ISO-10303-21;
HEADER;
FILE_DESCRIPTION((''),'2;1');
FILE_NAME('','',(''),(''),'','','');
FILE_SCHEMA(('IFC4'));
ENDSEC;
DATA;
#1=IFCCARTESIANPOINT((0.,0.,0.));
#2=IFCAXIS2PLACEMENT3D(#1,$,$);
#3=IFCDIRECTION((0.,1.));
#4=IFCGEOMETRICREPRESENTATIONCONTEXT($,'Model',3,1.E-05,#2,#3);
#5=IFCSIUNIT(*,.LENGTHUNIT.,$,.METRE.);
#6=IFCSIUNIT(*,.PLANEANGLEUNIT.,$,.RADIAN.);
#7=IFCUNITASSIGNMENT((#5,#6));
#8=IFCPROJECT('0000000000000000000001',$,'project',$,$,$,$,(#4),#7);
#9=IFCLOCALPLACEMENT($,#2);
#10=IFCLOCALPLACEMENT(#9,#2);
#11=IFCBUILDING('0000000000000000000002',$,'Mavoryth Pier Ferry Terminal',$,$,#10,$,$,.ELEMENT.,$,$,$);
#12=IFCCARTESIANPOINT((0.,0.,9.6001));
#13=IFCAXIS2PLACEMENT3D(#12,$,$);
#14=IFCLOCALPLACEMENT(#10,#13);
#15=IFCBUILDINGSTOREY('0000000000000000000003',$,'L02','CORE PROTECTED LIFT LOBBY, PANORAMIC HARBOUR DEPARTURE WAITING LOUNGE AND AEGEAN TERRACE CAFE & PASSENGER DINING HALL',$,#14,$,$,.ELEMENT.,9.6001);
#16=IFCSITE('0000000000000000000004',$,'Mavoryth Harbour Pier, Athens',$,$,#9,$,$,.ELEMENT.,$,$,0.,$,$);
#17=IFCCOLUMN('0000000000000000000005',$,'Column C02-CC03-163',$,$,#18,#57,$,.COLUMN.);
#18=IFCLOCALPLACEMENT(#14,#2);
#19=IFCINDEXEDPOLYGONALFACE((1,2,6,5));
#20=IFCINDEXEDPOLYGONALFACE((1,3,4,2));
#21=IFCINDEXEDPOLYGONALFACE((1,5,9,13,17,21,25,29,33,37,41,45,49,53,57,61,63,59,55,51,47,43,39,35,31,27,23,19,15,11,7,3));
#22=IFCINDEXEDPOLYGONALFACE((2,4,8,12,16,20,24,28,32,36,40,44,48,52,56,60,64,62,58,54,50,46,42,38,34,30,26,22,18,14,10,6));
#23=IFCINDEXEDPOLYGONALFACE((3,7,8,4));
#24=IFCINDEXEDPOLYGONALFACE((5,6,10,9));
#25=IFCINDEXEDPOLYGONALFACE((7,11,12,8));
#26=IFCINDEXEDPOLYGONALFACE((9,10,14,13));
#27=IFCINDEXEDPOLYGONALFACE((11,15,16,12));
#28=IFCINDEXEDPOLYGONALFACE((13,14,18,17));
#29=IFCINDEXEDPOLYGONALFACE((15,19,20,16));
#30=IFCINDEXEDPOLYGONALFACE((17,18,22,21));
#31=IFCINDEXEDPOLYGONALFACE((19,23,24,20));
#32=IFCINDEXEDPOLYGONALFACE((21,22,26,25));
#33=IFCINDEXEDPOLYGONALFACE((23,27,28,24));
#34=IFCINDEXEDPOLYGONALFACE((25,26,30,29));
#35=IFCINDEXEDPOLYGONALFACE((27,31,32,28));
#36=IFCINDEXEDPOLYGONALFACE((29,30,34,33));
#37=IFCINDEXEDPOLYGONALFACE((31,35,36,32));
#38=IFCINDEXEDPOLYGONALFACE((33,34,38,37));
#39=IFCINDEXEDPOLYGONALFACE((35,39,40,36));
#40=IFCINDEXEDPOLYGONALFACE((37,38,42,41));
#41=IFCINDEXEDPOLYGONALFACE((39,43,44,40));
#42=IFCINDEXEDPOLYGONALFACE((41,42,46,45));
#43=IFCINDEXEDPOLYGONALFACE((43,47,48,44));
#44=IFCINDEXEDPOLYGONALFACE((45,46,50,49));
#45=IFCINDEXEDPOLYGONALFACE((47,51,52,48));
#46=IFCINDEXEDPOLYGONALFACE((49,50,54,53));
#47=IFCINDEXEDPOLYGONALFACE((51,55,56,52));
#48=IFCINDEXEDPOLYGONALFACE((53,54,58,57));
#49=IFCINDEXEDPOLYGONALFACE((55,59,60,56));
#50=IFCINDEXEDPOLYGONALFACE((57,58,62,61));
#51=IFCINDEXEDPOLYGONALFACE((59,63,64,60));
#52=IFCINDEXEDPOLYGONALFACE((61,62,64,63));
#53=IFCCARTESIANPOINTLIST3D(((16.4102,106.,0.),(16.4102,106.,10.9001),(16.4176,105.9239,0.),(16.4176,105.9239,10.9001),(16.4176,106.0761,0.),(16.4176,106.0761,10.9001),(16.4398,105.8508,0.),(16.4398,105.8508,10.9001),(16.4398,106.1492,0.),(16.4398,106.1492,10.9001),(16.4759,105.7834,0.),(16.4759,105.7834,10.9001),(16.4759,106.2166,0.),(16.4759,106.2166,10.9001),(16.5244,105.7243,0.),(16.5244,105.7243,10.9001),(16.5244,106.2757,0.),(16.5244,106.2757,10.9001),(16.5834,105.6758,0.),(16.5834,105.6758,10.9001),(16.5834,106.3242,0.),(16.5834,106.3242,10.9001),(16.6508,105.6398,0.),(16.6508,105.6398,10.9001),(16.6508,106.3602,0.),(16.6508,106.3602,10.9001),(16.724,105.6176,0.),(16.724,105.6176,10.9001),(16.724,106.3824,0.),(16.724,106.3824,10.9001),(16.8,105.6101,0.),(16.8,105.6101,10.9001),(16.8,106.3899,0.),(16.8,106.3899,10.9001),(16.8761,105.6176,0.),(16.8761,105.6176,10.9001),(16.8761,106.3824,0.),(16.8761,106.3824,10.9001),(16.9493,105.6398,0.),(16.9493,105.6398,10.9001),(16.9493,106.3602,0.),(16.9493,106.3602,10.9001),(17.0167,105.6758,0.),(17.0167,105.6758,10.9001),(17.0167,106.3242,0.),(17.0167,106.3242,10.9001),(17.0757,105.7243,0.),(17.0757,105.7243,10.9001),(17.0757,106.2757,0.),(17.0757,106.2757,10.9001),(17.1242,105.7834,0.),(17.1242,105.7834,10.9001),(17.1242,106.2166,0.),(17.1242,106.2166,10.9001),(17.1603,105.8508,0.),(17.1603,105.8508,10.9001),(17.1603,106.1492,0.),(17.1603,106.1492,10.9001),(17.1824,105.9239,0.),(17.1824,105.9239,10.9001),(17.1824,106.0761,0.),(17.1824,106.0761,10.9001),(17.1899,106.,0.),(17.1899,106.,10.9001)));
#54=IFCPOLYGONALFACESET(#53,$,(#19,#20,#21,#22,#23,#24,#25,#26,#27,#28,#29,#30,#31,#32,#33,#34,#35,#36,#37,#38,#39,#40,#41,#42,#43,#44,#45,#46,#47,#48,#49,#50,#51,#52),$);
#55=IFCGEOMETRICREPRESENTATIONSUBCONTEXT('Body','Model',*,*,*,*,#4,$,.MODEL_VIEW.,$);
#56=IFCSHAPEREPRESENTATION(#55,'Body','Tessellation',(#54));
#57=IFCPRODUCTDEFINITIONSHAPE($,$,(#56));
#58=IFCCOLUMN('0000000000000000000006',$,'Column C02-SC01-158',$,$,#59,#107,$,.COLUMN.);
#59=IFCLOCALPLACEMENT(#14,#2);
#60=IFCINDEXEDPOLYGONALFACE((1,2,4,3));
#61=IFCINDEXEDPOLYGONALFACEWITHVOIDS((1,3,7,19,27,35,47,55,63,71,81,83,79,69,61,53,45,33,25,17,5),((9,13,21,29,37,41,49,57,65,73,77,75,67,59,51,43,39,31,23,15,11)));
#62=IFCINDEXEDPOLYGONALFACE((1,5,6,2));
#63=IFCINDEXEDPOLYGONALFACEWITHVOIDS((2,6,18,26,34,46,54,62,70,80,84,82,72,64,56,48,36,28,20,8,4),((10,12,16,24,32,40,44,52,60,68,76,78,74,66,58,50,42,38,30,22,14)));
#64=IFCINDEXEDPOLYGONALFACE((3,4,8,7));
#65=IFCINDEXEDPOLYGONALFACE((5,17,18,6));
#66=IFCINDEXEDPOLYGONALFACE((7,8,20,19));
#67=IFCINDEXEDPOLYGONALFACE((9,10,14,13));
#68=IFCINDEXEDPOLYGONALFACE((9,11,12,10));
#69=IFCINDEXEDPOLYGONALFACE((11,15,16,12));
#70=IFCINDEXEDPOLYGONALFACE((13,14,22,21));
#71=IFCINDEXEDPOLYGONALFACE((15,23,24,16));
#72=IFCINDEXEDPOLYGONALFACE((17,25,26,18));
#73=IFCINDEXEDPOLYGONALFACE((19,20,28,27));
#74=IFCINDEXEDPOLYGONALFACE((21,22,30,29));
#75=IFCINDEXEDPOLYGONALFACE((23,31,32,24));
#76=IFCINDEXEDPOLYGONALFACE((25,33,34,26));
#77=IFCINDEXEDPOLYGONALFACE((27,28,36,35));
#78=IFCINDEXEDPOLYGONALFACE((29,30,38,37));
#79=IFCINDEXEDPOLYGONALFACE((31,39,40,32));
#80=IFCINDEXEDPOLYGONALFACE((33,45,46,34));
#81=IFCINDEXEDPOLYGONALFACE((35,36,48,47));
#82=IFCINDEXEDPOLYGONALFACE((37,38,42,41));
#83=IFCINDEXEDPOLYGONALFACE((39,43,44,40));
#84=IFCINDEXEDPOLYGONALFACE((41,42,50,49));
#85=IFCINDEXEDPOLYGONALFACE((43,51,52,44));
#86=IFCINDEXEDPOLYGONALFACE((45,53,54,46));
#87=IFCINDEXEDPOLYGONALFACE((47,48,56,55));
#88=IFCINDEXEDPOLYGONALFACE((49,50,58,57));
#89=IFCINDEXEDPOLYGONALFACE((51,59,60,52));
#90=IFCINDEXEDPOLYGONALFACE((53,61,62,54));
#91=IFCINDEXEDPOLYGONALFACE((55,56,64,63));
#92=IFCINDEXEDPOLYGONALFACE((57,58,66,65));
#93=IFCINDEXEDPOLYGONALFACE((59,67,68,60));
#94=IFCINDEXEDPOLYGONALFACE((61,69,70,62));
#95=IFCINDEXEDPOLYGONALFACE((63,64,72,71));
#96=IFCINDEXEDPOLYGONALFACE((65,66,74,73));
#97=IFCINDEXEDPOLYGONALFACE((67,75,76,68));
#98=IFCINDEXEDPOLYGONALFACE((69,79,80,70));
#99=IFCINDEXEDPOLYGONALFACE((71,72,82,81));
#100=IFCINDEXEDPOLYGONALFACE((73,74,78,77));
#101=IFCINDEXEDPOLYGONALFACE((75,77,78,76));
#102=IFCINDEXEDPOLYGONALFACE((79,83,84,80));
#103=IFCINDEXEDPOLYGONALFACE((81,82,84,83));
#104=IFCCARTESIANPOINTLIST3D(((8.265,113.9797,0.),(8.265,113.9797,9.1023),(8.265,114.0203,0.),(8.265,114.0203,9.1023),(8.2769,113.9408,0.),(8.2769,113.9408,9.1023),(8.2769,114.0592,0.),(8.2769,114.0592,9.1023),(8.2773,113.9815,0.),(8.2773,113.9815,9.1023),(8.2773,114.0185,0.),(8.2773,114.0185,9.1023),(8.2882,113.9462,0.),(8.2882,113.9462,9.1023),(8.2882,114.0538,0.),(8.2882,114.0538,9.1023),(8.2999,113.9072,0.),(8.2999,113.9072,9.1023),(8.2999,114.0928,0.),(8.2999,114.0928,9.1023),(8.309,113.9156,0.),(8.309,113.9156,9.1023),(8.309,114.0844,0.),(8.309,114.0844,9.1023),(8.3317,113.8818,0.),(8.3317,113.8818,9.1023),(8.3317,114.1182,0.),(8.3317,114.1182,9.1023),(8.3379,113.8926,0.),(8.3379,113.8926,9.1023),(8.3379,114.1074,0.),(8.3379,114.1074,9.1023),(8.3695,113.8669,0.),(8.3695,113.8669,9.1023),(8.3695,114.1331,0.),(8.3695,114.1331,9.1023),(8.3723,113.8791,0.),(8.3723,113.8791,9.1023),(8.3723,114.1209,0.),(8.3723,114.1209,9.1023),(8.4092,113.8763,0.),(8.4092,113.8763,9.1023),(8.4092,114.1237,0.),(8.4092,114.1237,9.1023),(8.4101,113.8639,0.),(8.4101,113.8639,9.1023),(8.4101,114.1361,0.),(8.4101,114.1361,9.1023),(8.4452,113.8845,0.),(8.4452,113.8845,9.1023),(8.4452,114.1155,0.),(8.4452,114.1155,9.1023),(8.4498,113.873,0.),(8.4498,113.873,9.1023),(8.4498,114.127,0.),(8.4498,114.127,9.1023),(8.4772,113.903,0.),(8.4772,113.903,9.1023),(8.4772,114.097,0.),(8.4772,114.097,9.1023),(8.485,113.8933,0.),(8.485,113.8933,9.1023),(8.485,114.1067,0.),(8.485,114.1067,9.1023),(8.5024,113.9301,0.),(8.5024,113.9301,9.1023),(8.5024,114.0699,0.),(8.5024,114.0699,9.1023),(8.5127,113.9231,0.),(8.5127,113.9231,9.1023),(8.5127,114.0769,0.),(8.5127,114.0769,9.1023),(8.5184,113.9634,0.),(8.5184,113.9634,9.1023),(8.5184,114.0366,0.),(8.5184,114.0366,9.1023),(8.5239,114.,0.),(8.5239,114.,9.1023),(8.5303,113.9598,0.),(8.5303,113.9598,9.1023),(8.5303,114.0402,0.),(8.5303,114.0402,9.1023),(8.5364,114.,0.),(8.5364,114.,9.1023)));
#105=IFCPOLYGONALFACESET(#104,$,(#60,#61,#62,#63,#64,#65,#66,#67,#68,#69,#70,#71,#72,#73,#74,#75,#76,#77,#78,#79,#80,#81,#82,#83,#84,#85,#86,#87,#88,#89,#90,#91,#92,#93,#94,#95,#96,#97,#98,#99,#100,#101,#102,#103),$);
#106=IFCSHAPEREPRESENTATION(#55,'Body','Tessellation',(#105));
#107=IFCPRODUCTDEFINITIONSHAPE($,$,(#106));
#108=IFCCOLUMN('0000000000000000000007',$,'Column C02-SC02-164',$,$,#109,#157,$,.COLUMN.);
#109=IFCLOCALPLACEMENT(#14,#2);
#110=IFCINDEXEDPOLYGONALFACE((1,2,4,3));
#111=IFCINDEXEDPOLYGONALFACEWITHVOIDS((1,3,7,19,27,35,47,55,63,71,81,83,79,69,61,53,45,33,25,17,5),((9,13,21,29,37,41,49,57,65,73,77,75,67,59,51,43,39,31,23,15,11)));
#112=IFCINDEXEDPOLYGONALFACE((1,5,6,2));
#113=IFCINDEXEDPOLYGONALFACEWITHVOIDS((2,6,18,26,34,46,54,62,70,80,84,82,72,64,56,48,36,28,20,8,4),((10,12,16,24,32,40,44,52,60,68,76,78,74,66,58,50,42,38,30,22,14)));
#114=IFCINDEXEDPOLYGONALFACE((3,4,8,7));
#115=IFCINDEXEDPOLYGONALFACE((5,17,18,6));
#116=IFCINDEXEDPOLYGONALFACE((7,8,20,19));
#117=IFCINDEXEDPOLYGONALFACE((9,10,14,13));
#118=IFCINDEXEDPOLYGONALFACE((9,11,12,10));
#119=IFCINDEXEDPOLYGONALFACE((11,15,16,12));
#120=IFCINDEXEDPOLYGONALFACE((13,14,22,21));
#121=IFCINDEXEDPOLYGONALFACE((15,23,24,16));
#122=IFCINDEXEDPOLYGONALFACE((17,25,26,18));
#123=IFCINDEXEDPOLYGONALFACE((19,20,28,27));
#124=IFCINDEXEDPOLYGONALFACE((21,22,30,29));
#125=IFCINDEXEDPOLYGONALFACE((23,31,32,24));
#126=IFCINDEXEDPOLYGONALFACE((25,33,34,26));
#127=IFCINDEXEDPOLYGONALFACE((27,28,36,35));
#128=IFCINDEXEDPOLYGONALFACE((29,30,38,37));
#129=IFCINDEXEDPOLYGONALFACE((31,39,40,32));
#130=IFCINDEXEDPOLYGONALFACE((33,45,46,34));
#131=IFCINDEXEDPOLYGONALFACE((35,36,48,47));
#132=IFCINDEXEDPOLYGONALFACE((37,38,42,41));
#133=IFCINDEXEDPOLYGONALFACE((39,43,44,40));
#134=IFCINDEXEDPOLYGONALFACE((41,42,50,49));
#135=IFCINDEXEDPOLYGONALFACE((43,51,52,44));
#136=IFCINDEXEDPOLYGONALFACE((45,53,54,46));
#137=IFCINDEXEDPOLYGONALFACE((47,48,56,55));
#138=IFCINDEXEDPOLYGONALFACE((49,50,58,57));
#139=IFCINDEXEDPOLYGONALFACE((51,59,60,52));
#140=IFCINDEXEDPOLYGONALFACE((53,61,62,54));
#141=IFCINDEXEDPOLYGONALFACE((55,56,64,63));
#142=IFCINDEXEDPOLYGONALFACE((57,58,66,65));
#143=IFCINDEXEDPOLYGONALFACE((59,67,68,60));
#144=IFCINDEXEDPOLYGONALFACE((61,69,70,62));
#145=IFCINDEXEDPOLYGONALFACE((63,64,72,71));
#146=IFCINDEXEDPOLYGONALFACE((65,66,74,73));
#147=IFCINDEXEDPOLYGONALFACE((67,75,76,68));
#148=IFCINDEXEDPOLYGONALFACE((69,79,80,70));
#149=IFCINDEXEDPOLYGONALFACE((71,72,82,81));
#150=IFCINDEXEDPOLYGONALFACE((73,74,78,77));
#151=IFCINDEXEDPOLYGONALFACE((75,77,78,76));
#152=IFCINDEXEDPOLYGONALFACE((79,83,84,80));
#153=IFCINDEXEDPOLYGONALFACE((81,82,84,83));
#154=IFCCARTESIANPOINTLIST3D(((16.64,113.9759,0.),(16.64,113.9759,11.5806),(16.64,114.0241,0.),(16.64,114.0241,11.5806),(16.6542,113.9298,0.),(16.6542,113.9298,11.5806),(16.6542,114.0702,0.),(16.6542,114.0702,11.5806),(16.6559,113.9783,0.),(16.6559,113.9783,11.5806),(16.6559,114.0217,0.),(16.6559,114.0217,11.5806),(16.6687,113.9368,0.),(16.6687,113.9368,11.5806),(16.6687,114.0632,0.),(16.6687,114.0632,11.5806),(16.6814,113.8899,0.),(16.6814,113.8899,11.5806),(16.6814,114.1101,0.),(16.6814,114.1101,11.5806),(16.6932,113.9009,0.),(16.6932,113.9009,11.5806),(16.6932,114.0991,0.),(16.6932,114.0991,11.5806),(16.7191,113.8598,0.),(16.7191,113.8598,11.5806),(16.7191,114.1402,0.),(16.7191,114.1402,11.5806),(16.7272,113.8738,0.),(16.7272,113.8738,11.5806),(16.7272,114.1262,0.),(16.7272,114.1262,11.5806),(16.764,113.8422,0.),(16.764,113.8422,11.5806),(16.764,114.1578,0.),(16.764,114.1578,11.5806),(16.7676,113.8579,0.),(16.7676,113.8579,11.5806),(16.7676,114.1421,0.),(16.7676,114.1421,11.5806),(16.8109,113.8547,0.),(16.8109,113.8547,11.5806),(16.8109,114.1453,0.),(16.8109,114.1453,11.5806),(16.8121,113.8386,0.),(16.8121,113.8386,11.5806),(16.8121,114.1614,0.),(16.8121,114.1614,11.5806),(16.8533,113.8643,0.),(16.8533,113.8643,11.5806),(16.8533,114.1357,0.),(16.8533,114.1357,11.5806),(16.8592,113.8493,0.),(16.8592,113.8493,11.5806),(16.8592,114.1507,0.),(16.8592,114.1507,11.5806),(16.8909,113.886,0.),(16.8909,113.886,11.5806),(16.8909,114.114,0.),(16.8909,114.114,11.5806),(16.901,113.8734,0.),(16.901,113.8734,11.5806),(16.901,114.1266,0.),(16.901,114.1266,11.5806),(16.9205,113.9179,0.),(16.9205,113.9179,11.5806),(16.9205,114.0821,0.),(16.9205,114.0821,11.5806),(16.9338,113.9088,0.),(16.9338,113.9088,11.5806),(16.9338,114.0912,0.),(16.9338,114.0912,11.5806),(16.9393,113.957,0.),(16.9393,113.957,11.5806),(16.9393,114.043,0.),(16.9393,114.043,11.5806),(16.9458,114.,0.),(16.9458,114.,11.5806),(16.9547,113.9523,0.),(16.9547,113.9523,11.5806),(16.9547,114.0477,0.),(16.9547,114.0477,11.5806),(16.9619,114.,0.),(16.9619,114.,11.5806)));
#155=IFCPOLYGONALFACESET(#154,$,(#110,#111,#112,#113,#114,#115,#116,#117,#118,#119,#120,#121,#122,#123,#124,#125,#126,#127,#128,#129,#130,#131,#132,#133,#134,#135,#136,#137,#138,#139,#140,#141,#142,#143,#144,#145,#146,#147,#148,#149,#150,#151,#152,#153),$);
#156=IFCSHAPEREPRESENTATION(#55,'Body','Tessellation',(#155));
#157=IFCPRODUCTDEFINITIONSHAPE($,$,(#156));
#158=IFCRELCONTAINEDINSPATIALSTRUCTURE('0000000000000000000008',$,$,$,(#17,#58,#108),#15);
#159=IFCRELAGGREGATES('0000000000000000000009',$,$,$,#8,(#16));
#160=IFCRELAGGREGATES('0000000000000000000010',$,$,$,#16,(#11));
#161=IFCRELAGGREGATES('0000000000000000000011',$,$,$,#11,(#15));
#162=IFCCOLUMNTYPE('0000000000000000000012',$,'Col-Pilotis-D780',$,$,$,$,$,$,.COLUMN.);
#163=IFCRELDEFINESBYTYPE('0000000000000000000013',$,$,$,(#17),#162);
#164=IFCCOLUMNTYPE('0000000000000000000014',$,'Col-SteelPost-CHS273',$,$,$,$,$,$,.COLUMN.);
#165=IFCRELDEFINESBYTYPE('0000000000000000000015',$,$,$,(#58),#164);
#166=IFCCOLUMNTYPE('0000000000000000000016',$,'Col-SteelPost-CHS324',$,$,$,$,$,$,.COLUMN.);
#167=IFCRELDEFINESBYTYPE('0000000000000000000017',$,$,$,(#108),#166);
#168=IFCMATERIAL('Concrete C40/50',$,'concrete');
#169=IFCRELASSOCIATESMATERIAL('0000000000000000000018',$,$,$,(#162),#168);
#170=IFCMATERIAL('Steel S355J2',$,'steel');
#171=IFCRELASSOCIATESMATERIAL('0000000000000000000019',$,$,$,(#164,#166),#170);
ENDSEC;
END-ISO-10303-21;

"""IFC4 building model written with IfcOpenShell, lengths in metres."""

from ifc_helpers import new_model, si_unit, direction, frame, origin, origin_2d, place, context, subcontext, project, spatial, circle, hollow_circle, extrude, material, material_profile, profile_set, type_object, element, save


model = new_model("IFC4")

# Units and contexts
model_context = context("Model", 3, precision=1e-05, world=origin(), true_north=direction((0.0, 1.0)))
body_context = subcontext(model_context, "Body", "Model", "MODEL_VIEW")
ifc_project = project(units=[si_unit("LENGTHUNIT", "METRE"), si_unit("PLANEANGLEUNIT", "RADIAN")], contexts=[model_context])

# Site, building, storey
site_placement = place(None, origin())
site = spatial("IfcSite", under=ifc_project, at=site_placement, Name="Mavoryth Harbour Pier, Athens", CompositionType="ELEMENT", RefElevation=0.0)
building_placement = place(site_placement, origin())
building = spatial("IfcBuilding", under=site, at=building_placement, Name="Mavoryth Pier Ferry Terminal", CompositionType="ELEMENT")
storey_placement = place(building_placement, frame((0.0, 0.0, 9.6001)))
storey = spatial("IfcBuildingStorey", under=building, at=storey_placement, Name="L02", Description="CORE PROTECTED LIFT LOBBY, PANORAMIC HARBOUR DEPARTURE WAITING LOUNGE AND AEGEAN TERRACE CAFE & PASSENGER DINING HALL", CompositionType="ELEMENT", Elevation=9.6001)

# Columns
ifc_material_1 = material(Name="Concrete C40/50", Category="concrete")
ifc_material_profile_1 = material_profile(ifc_material_1, circle(Radius=0.3899, at=origin_2d()), Name="RC D780", Category="concrete")
ifc_profile_set_1 = profile_set([ifc_material_profile_1], Name="Concrete C40/50 - RC D780")
column_type_1 = type_object("IfcColumnType", Name="Col-Pilotis-D780", PredefinedType="COLUMN", material=ifc_profile_set_1)
column_1_placement = place(storey_placement, frame((16.8, 106.0, 0.0), z_axis=(0.0, 0.0, 1.0), x_axis=(1.0, 0.0, 0.0)))
element("IfcColumn", 1, at=column_1_placement, inside=storey, type_object=column_type_1, Name="Column C02-CC03-163", PredefinedType="COLUMN", context=body_context, shape_type="SweptSolid", body=[
    extrude(circle(Radius=0.3899, at=origin_2d()), origin(), (0.0, 0.0, 1.0), 10.9001),
])
ifc_material_2 = material(Name="Steel S355J2", Category="steel")
ifc_material_profile_2 = material_profile(ifc_material_2, hollow_circle(Radius=0.1365, WallThickness=0.0125, at=origin_2d()), Name="CHS 273.0x12.5", Category="steel")
ifc_profile_set_2 = profile_set([ifc_material_profile_2], Name="Steel S355J2 - CHS 273.0x12.5")
column_type_2 = type_object("IfcColumnType", Name="Col-SteelPost-CHS273", PredefinedType="COLUMN", material=ifc_profile_set_2)
column_2_placement = place(storey_placement, frame((8.3999, 114.0, 0.0), z_axis=(0.0, 0.0, 1.0), x_axis=(1.0, 0.0, 0.0)))
element("IfcColumn", 2, at=column_2_placement, inside=storey, type_object=column_type_2, Name="Column C02-SC01-158", PredefinedType="COLUMN", context=body_context, shape_type="SweptSolid", body=[
    extrude(hollow_circle(Radius=0.1365, WallThickness=0.0125, at=origin_2d()), origin(), (0.0, 0.0, 1.0), 9.1023),
])
ifc_material_profile_3 = material_profile(ifc_material_2, hollow_circle(Radius=0.1619, WallThickness=0.0161, at=origin_2d()), Name="CHS 323.9x16.0", Category="steel")
ifc_profile_set_3 = profile_set([ifc_material_profile_3], Name="Steel S355J2 - CHS 323.9x16.0")
column_type_3 = type_object("IfcColumnType", Name="Col-SteelPost-CHS324", PredefinedType="COLUMN", material=ifc_profile_set_3)
column_3_placement = place(storey_placement, frame((16.8, 114.0, 0.0), z_axis=(0.0, 0.0, 1.0), x_axis=(1.0, 0.0, 0.0)))
element("IfcColumn", 3, at=column_3_placement, inside=storey, type_object=column_type_3, Name="Column C02-SC02-164", PredefinedType="COLUMN", context=body_context, shape_type="SweptSolid", body=[
    extrude(hollow_circle(Radius=0.1619, WallThickness=0.0161, at=origin_2d()), origin(), (0.0, 0.0, 1.0), 11.5806),
])

save(model, "model.ifc")
